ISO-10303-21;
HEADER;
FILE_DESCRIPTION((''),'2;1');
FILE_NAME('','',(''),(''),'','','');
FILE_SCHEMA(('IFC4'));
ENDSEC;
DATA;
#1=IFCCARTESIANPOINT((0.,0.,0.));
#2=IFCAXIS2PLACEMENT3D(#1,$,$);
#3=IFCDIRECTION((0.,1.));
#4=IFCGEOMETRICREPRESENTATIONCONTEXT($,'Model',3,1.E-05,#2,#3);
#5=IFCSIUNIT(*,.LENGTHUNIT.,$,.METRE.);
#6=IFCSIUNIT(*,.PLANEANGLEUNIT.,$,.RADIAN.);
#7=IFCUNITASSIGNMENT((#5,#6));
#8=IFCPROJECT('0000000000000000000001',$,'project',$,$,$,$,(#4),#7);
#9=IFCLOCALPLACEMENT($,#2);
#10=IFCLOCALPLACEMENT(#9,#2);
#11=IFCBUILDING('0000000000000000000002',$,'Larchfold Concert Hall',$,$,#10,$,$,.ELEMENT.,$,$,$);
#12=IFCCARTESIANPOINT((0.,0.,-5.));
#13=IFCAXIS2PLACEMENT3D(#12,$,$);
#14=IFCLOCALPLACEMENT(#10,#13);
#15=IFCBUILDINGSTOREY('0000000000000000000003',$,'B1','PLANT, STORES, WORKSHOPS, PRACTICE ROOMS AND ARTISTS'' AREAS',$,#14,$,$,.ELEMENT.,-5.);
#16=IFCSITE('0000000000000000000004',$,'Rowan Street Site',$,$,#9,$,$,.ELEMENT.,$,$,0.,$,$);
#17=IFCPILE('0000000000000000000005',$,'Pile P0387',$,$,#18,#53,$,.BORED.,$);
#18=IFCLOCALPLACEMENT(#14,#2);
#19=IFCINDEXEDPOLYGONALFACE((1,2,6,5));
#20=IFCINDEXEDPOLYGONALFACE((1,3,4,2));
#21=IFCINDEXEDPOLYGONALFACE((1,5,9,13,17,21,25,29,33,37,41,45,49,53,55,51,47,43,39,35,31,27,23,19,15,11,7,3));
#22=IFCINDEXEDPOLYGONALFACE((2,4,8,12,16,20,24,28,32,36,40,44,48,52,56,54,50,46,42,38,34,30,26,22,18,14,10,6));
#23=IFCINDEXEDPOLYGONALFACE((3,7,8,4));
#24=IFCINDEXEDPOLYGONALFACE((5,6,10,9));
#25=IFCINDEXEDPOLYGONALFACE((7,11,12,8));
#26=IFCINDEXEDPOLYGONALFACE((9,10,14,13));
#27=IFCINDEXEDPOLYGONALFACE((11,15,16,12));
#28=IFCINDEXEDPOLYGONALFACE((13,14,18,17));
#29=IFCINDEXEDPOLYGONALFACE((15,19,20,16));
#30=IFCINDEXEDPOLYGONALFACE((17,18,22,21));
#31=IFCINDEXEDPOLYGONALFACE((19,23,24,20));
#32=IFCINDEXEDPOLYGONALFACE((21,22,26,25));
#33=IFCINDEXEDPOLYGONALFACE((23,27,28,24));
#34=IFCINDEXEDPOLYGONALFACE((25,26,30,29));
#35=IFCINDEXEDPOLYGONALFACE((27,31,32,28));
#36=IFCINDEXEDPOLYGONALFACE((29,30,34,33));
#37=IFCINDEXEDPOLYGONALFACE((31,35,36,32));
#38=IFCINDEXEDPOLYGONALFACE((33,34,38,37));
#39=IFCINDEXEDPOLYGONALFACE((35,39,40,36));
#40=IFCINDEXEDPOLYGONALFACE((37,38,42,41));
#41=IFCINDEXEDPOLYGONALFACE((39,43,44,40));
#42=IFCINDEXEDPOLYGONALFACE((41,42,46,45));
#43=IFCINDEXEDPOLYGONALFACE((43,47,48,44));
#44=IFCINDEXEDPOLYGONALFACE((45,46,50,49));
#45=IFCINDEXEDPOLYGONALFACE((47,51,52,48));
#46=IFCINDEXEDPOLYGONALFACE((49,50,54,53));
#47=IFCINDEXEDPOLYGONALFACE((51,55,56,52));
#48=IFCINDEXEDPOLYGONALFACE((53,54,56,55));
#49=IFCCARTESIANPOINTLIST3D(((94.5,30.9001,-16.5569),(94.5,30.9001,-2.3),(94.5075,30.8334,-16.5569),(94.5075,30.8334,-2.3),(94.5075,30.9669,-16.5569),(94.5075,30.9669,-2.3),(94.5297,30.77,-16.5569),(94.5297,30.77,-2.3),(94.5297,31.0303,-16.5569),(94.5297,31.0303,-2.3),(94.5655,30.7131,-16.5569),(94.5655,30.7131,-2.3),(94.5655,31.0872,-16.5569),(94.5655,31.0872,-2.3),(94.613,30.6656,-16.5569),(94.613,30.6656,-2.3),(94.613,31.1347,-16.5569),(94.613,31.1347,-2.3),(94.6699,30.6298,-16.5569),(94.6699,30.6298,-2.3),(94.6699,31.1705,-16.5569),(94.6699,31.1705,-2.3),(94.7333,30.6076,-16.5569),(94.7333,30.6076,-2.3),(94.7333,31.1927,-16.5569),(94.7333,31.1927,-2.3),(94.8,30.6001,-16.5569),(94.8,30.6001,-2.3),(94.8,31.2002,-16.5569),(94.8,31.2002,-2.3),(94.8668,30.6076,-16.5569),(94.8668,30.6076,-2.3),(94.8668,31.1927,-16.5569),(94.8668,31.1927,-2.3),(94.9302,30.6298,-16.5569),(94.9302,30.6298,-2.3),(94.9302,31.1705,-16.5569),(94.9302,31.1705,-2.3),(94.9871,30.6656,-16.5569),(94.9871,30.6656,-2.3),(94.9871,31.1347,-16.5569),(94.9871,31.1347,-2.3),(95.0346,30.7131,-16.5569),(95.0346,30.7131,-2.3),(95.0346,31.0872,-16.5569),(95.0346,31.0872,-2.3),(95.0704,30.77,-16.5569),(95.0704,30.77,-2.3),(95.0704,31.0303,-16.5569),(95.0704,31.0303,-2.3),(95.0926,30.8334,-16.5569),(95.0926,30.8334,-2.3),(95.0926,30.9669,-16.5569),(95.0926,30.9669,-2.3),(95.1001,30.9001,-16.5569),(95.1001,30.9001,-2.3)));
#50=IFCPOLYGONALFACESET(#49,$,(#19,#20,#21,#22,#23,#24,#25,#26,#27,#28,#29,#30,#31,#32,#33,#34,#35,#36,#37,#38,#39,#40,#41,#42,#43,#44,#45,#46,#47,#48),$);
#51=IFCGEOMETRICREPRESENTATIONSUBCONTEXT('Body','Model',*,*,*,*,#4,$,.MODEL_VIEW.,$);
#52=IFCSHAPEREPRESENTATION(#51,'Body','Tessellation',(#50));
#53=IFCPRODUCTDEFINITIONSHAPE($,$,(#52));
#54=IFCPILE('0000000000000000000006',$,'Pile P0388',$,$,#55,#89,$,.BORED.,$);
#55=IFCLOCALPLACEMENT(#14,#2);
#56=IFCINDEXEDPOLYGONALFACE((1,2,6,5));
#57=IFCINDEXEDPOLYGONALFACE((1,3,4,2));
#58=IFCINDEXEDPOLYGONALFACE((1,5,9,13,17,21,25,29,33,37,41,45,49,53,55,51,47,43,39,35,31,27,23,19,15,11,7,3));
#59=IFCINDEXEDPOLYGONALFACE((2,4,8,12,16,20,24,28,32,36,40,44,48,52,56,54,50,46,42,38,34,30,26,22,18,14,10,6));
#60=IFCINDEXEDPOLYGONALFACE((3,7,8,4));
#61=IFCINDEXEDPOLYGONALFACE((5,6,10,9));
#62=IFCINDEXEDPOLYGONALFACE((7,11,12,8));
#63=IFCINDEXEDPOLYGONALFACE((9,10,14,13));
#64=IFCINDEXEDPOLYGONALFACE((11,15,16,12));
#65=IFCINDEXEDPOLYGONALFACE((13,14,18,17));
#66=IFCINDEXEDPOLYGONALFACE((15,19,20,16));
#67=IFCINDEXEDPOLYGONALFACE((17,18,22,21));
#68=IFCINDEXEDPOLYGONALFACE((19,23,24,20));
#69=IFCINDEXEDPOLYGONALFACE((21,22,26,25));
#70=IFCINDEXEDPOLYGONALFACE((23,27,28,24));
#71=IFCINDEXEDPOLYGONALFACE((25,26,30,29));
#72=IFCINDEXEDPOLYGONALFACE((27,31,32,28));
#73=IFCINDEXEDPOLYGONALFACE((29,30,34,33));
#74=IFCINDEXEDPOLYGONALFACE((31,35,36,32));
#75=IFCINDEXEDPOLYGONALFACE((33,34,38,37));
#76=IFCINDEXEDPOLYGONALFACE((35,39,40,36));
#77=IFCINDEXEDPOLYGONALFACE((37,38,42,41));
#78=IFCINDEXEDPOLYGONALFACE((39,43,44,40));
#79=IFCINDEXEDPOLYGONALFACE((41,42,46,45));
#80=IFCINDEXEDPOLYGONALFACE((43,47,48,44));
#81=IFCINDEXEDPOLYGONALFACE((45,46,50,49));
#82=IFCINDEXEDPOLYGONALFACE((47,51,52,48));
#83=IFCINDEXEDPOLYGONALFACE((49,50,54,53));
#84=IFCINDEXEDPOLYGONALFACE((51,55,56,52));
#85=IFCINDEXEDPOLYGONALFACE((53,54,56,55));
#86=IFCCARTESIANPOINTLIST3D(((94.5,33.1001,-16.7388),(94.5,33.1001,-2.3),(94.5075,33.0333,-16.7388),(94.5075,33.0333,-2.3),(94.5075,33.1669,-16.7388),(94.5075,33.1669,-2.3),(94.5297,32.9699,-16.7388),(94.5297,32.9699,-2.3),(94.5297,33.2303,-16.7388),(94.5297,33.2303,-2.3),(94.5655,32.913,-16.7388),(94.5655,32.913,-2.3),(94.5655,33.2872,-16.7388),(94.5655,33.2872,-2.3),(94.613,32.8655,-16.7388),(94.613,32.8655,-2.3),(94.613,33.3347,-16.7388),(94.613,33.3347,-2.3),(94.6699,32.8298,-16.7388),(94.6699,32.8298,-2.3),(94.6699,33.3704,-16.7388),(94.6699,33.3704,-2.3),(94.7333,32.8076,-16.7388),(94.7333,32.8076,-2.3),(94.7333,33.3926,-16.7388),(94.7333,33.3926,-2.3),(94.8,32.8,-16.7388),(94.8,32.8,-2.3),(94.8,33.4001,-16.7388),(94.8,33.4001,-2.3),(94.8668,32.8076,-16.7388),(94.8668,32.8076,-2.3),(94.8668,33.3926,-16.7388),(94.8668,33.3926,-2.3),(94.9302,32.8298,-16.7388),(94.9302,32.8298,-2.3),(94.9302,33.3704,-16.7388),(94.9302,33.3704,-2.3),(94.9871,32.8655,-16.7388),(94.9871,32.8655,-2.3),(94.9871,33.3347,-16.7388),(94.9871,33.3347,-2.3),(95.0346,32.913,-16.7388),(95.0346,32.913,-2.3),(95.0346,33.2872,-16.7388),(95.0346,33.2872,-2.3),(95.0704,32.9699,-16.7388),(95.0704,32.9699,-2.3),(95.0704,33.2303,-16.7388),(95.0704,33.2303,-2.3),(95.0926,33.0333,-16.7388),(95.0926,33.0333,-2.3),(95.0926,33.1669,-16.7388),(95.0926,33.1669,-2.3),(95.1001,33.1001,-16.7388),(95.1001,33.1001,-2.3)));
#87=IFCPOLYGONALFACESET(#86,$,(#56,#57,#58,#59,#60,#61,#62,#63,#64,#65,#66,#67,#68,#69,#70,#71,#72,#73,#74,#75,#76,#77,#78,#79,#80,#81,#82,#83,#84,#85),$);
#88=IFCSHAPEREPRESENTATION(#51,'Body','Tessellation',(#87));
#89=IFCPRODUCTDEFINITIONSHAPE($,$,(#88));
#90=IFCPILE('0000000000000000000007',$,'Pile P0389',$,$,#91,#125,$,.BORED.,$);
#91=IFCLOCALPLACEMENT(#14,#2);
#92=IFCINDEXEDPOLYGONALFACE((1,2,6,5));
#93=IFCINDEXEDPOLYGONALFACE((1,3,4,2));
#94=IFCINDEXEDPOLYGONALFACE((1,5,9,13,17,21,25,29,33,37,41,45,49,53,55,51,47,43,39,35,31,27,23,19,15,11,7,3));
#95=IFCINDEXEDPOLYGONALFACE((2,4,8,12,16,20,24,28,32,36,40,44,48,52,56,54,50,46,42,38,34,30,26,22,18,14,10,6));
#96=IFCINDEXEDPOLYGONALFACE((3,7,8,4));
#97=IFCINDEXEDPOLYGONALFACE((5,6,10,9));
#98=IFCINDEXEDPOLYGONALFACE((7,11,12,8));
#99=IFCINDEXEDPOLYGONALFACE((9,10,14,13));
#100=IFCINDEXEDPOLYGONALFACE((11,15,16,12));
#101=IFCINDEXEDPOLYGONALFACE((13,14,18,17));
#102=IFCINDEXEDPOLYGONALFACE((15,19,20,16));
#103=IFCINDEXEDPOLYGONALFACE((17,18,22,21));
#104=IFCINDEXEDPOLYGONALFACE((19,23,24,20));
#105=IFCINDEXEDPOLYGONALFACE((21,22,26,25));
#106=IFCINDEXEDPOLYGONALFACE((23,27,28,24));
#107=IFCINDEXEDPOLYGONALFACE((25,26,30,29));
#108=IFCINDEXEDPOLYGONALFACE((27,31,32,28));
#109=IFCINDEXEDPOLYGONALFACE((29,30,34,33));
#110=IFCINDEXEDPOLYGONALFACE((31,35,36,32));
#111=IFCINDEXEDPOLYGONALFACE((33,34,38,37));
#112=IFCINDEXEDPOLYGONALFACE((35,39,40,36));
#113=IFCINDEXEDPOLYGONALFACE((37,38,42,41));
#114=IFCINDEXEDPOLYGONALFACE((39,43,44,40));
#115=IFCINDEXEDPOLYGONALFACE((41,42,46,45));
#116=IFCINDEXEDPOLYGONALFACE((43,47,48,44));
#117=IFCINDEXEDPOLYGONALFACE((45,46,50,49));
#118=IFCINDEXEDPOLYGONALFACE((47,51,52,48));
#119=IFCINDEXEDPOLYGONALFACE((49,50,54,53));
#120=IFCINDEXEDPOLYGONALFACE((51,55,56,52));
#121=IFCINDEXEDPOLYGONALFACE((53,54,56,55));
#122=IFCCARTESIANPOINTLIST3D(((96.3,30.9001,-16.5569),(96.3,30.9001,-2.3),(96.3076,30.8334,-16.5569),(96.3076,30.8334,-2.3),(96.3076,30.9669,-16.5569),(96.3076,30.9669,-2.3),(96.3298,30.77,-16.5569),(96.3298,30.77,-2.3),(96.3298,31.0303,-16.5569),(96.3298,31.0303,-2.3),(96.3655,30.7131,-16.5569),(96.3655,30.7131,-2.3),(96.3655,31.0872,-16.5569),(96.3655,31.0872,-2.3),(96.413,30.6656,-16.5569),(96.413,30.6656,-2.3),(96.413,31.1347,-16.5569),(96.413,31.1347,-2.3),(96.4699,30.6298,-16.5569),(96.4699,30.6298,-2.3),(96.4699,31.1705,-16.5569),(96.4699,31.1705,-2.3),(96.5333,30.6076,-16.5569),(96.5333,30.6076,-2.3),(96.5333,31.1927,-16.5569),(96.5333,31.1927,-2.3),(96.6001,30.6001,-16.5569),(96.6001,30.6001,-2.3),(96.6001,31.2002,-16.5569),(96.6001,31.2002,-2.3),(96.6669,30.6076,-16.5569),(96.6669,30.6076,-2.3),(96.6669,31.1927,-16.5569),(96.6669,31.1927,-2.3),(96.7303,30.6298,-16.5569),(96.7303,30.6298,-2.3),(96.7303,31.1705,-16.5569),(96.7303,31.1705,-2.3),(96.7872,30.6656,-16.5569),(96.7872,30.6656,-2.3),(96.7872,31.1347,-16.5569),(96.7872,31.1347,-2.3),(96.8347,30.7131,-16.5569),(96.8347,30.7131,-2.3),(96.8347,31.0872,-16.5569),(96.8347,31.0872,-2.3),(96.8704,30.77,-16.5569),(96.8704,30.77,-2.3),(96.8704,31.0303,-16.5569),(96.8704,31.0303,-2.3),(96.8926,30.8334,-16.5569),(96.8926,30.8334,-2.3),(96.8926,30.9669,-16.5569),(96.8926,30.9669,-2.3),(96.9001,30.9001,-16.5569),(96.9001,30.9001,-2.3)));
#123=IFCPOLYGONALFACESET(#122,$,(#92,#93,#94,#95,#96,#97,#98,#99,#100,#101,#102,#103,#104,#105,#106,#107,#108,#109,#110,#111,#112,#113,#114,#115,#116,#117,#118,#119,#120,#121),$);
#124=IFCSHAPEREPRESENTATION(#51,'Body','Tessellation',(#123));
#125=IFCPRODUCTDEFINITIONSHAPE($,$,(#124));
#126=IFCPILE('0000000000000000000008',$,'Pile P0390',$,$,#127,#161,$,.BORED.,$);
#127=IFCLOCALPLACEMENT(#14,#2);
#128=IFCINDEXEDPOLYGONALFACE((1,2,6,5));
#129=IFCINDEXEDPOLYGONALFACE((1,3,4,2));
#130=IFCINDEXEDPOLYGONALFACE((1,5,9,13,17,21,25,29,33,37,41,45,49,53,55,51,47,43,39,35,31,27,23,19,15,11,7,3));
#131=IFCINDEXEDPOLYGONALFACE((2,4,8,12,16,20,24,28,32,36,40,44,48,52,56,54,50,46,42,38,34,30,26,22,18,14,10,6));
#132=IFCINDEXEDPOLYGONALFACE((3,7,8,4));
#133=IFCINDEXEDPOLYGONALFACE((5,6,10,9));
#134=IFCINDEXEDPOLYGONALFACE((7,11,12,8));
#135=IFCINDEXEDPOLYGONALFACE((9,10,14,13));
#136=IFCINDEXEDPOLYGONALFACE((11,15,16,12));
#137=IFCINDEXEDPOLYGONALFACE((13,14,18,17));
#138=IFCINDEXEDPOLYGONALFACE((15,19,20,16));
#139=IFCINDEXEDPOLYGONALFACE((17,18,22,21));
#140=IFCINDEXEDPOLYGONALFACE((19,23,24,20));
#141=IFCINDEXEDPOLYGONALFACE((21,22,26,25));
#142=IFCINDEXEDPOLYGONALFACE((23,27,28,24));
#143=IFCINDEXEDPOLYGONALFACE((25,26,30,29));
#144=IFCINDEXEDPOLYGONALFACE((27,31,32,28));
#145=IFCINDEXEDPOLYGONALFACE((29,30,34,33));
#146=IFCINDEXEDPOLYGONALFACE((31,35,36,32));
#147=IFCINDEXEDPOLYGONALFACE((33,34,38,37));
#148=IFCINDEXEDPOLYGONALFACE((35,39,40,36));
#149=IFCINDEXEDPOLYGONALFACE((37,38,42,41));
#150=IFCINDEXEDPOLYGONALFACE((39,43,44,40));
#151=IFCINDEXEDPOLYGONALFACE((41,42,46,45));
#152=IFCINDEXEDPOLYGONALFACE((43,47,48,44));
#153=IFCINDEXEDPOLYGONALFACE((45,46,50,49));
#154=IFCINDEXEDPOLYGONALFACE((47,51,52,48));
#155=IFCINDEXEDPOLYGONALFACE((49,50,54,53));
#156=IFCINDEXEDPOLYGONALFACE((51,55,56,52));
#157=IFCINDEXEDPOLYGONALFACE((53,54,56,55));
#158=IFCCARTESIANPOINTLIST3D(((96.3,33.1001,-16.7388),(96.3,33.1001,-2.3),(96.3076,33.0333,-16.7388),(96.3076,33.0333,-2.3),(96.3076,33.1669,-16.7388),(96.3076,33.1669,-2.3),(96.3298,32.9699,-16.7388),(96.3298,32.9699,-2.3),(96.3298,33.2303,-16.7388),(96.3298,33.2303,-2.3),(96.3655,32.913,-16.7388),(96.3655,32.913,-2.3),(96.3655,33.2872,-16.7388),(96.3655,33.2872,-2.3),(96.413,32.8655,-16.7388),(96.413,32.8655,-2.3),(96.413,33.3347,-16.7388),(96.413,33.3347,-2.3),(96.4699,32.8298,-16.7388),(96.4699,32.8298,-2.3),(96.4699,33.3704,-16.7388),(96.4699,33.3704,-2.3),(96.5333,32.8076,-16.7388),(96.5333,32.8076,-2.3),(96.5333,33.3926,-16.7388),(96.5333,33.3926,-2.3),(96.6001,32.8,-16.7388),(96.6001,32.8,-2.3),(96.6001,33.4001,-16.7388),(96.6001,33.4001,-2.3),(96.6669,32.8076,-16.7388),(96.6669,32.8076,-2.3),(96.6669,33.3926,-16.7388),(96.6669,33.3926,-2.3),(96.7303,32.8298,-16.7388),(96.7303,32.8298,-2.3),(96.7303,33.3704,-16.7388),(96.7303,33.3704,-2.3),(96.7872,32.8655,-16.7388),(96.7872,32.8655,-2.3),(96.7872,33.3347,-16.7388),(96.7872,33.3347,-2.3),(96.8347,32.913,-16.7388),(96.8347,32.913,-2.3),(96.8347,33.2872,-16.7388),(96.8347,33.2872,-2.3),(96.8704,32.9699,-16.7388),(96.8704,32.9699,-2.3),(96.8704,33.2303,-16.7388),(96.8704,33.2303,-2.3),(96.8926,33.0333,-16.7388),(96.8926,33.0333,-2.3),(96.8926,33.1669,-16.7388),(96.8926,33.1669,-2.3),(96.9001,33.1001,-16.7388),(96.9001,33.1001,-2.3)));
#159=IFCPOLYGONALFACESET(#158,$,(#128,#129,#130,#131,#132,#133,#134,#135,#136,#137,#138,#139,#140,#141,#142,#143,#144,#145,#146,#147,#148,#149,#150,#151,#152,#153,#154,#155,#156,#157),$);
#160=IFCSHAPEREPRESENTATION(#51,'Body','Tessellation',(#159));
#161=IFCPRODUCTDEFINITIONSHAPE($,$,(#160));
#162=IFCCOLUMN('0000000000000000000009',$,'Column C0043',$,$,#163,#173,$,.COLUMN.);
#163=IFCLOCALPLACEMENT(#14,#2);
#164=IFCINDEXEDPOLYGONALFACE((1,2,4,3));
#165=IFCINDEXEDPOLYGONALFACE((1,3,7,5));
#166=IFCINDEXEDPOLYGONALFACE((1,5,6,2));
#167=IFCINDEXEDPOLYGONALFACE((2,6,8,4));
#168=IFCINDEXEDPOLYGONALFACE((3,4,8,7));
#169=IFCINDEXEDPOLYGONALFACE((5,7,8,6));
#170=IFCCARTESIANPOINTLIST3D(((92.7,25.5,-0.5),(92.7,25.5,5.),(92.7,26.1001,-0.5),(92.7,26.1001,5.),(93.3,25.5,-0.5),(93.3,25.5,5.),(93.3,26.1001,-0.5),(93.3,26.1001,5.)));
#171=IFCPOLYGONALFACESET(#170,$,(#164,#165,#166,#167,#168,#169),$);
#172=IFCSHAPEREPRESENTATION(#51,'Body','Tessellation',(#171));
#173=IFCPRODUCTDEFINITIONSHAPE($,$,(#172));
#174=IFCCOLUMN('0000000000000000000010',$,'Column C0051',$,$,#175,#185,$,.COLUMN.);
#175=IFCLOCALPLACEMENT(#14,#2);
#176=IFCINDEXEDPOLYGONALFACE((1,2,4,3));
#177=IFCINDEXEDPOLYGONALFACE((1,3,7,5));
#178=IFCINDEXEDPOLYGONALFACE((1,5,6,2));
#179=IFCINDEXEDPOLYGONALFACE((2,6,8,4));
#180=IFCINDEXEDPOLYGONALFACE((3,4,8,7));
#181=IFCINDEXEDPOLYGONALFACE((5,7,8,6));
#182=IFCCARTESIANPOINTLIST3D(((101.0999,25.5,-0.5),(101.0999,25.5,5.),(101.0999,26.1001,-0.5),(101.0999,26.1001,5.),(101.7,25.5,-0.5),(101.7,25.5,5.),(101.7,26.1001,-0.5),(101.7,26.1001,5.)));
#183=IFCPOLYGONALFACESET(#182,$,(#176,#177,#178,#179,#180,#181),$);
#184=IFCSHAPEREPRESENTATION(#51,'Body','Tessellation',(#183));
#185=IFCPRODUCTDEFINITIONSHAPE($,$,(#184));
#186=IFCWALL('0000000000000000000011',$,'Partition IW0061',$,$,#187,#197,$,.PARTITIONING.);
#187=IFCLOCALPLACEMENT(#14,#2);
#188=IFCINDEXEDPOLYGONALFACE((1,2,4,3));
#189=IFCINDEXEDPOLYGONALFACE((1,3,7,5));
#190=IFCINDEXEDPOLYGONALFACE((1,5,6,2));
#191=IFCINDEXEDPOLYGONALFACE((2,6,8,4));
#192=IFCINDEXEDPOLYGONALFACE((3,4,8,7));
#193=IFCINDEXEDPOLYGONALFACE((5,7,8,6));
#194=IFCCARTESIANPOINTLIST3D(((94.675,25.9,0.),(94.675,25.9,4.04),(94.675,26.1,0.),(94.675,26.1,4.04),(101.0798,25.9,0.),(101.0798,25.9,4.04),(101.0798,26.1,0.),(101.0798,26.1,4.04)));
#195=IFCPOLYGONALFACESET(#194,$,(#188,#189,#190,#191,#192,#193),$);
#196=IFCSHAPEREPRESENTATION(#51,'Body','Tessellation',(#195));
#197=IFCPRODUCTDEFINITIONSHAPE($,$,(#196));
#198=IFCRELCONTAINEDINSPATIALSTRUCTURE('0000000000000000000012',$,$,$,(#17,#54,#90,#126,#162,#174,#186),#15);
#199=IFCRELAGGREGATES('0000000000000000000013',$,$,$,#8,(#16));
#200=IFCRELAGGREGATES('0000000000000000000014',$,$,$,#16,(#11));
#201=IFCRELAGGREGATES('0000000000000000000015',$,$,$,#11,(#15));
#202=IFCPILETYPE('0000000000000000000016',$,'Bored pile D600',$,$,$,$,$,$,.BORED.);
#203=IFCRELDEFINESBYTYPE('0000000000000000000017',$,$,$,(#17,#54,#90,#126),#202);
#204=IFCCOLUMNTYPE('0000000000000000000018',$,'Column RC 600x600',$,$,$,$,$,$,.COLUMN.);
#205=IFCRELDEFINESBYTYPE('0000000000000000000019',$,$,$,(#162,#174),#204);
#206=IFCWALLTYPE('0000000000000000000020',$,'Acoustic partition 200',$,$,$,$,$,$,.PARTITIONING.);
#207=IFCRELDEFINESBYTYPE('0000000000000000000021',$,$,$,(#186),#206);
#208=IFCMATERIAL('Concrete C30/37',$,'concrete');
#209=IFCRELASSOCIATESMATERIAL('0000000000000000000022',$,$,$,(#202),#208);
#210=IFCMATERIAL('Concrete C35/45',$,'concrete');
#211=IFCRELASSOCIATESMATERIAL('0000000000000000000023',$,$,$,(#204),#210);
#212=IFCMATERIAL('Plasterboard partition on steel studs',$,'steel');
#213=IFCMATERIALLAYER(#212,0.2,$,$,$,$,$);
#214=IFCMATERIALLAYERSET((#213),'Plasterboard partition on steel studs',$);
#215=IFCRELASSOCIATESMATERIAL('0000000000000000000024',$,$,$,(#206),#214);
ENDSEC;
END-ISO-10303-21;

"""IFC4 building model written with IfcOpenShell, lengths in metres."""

from ifc_helpers import new_model, si_unit, direction, frame, frame_2d, origin, origin_2d, place, context, subcontext, project, spatial, rectangle, circle, extrude, material, layer, layer_set, material_profile, profile_set, type_object, element, save


model = new_model("IFC4")

# Units and contexts
model_context = context("Model", 3, precision=1e-05, world=origin(), true_north=direction((0.0, 1.0)))
body_context = subcontext(model_context, "Body", "Model", "MODEL_VIEW")
ifc_project = project(units=[si_unit("LENGTHUNIT", "METRE"), si_unit("PLANEANGLEUNIT", "RADIAN")], contexts=[model_context])

# Site, building, storey
site_placement = place(None, origin())
site = spatial("IfcSite", under=ifc_project, at=site_placement, Name="Rowan Street Site", CompositionType="ELEMENT", RefElevation=0.0)
building_placement = place(site_placement, origin())
building = spatial("IfcBuilding", under=site, at=building_placement, Name="Larchfold Concert Hall", CompositionType="ELEMENT")
storey_placement = place(building_placement, frame((0.0, 0.0, -5.0)))
storey = spatial("IfcBuildingStorey", under=building, at=storey_placement, Name="B1", Description="PLANT, STORES, WORKSHOPS, PRACTICE ROOMS AND ARTISTS' AREAS", CompositionType="ELEMENT", Elevation=-5.0)

# Piles
ifc_material_1 = material(Name="Concrete C30/37", Category="concrete")
ifc_material_profile_1 = material_profile(ifc_material_1, circle(Radius=0.3, at=origin_2d()))
ifc_profile_set_1 = profile_set([ifc_material_profile_1], Name="Concrete C30/37")
pile_type = type_object("IfcPileType", Name="Bored pile D600", PredefinedType="BORED", material=ifc_profile_set_1)
pile_1_placement = place(storey_placement, frame((94.8, 30.9001, -2.3), z_axis=(0.0, 0.0, -1.0), x_axis=(1.0, 0.0, 0.0)))
element("IfcPile", 1, at=pile_1_placement, inside=storey, type_object=pile_type, Name="Pile P0387", PredefinedType="BORED", context=body_context, shape_type="SweptSolid", body=[
    extrude(circle(Radius=0.3, at=origin_2d()), origin(), (0.0, 0.0, 1.0), 14.2568),
])
pile_2_placement = place(storey_placement, frame((94.8, 33.1001, -2.3), z_axis=(0.0, 0.0, -1.0), x_axis=(1.0, 0.0, 0.0)))
element("IfcPile", 2, at=pile_2_placement, inside=storey, type_object=pile_type, Name="Pile P0388", PredefinedType="BORED", context=body_context, shape_type="SweptSolid", body=[
    extrude(circle(Radius=0.3, at=origin_2d()), origin(), (0.0, 0.0, 1.0), 14.4387),
])
pile_3_placement = place(storey_placement, frame((96.6001, 30.9001, -2.3), z_axis=(0.0, 0.0, -1.0), x_axis=(1.0, 0.0, 0.0)))
element("IfcPile", 3, at=pile_3_placement, inside=storey, type_object=pile_type, Name="Pile P0389", PredefinedType="BORED", context=body_context, shape_type="SweptSolid", body=[
    extrude(circle(Radius=0.3, at=origin_2d()), origin(), (0.0, 0.0, 1.0), 14.2568),
])
pile_4_placement = place(storey_placement, frame((96.6001, 33.1001, -2.3), z_axis=(0.0, 0.0, -1.0), x_axis=(1.0, 0.0, 0.0)))
element("IfcPile", 4, at=pile_4_placement, inside=storey, type_object=pile_type, Name="Pile P0390", PredefinedType="BORED", context=body_context, shape_type="SweptSolid", body=[
    extrude(circle(Radius=0.3, at=origin_2d()), origin(), (0.0, 0.0, 1.0), 14.4387),
])

# Columns
ifc_material_2 = material(Name="Concrete C35/45", Category="concrete")
ifc_material_profile_2 = material_profile(ifc_material_2, rectangle(XDim=0.6001, YDim=0.6001, at=origin_2d()))
ifc_profile_set_2 = profile_set([ifc_material_profile_2], Name="Concrete C35/45")
column_type = type_object("IfcColumnType", Name="Column RC 600x600", PredefinedType="COLUMN", material=ifc_profile_set_2)
for number, where, z_axis, x_axis, name in (
    (5, (93.0, 25.8, -0.5), (0.0, 0.0, 1.0), (1.0, 0.0, 0.0), "Column C0043"),
    (6, (101.3999, 25.8, -0.5), (0.0, 0.0, 1.0), (1.0, 0.0, 0.0), "Column C0051"),
):
    element("IfcColumn", number, at=place(storey_placement, frame(where, z_axis=z_axis, x_axis=x_axis)), inside=storey, type_object=column_type, Name=name, PredefinedType="COLUMN", context=body_context, shape_type="SweptSolid", body=[
        extrude(rectangle(XDim=0.6001, YDim=0.6001, at=origin_2d()), origin(), (0.0, 0.0, 1.0), 5.5),
    ])

# Wall
ifc_material_3 = material(Name="Plasterboard partition on steel studs", Category="steel")
ifc_layer_1 = layer(ifc_material_3, 0.2)
ifc_layer_set_1 = layer_set([ifc_layer_1], Name="Plasterboard partition on steel studs")
wall_type_1 = type_object("IfcWallType", Name="Acoustic partition 200", PredefinedType="PARTITIONING", material=ifc_layer_set_1)
wall_1_placement = place(storey_placement, frame((94.675, 26.0, 0.0), z_axis=(0.0, 0.0, 1.0), x_axis=(1.0, 0.0, 0.0)))
element("IfcWall", 7, at=wall_1_placement, inside=storey, type_object=wall_type_1, Name="Partition IW0061", PredefinedType="PARTITIONING", context=body_context, shape_type="SweptSolid", body=[
    extrude(rectangle(XDim=6.4048, YDim=0.2, at=frame_2d((3.2024, 0.0))), origin(), (0.0, 0.0, 1.0), 4.04),
])

save(model, "model.ifc")
